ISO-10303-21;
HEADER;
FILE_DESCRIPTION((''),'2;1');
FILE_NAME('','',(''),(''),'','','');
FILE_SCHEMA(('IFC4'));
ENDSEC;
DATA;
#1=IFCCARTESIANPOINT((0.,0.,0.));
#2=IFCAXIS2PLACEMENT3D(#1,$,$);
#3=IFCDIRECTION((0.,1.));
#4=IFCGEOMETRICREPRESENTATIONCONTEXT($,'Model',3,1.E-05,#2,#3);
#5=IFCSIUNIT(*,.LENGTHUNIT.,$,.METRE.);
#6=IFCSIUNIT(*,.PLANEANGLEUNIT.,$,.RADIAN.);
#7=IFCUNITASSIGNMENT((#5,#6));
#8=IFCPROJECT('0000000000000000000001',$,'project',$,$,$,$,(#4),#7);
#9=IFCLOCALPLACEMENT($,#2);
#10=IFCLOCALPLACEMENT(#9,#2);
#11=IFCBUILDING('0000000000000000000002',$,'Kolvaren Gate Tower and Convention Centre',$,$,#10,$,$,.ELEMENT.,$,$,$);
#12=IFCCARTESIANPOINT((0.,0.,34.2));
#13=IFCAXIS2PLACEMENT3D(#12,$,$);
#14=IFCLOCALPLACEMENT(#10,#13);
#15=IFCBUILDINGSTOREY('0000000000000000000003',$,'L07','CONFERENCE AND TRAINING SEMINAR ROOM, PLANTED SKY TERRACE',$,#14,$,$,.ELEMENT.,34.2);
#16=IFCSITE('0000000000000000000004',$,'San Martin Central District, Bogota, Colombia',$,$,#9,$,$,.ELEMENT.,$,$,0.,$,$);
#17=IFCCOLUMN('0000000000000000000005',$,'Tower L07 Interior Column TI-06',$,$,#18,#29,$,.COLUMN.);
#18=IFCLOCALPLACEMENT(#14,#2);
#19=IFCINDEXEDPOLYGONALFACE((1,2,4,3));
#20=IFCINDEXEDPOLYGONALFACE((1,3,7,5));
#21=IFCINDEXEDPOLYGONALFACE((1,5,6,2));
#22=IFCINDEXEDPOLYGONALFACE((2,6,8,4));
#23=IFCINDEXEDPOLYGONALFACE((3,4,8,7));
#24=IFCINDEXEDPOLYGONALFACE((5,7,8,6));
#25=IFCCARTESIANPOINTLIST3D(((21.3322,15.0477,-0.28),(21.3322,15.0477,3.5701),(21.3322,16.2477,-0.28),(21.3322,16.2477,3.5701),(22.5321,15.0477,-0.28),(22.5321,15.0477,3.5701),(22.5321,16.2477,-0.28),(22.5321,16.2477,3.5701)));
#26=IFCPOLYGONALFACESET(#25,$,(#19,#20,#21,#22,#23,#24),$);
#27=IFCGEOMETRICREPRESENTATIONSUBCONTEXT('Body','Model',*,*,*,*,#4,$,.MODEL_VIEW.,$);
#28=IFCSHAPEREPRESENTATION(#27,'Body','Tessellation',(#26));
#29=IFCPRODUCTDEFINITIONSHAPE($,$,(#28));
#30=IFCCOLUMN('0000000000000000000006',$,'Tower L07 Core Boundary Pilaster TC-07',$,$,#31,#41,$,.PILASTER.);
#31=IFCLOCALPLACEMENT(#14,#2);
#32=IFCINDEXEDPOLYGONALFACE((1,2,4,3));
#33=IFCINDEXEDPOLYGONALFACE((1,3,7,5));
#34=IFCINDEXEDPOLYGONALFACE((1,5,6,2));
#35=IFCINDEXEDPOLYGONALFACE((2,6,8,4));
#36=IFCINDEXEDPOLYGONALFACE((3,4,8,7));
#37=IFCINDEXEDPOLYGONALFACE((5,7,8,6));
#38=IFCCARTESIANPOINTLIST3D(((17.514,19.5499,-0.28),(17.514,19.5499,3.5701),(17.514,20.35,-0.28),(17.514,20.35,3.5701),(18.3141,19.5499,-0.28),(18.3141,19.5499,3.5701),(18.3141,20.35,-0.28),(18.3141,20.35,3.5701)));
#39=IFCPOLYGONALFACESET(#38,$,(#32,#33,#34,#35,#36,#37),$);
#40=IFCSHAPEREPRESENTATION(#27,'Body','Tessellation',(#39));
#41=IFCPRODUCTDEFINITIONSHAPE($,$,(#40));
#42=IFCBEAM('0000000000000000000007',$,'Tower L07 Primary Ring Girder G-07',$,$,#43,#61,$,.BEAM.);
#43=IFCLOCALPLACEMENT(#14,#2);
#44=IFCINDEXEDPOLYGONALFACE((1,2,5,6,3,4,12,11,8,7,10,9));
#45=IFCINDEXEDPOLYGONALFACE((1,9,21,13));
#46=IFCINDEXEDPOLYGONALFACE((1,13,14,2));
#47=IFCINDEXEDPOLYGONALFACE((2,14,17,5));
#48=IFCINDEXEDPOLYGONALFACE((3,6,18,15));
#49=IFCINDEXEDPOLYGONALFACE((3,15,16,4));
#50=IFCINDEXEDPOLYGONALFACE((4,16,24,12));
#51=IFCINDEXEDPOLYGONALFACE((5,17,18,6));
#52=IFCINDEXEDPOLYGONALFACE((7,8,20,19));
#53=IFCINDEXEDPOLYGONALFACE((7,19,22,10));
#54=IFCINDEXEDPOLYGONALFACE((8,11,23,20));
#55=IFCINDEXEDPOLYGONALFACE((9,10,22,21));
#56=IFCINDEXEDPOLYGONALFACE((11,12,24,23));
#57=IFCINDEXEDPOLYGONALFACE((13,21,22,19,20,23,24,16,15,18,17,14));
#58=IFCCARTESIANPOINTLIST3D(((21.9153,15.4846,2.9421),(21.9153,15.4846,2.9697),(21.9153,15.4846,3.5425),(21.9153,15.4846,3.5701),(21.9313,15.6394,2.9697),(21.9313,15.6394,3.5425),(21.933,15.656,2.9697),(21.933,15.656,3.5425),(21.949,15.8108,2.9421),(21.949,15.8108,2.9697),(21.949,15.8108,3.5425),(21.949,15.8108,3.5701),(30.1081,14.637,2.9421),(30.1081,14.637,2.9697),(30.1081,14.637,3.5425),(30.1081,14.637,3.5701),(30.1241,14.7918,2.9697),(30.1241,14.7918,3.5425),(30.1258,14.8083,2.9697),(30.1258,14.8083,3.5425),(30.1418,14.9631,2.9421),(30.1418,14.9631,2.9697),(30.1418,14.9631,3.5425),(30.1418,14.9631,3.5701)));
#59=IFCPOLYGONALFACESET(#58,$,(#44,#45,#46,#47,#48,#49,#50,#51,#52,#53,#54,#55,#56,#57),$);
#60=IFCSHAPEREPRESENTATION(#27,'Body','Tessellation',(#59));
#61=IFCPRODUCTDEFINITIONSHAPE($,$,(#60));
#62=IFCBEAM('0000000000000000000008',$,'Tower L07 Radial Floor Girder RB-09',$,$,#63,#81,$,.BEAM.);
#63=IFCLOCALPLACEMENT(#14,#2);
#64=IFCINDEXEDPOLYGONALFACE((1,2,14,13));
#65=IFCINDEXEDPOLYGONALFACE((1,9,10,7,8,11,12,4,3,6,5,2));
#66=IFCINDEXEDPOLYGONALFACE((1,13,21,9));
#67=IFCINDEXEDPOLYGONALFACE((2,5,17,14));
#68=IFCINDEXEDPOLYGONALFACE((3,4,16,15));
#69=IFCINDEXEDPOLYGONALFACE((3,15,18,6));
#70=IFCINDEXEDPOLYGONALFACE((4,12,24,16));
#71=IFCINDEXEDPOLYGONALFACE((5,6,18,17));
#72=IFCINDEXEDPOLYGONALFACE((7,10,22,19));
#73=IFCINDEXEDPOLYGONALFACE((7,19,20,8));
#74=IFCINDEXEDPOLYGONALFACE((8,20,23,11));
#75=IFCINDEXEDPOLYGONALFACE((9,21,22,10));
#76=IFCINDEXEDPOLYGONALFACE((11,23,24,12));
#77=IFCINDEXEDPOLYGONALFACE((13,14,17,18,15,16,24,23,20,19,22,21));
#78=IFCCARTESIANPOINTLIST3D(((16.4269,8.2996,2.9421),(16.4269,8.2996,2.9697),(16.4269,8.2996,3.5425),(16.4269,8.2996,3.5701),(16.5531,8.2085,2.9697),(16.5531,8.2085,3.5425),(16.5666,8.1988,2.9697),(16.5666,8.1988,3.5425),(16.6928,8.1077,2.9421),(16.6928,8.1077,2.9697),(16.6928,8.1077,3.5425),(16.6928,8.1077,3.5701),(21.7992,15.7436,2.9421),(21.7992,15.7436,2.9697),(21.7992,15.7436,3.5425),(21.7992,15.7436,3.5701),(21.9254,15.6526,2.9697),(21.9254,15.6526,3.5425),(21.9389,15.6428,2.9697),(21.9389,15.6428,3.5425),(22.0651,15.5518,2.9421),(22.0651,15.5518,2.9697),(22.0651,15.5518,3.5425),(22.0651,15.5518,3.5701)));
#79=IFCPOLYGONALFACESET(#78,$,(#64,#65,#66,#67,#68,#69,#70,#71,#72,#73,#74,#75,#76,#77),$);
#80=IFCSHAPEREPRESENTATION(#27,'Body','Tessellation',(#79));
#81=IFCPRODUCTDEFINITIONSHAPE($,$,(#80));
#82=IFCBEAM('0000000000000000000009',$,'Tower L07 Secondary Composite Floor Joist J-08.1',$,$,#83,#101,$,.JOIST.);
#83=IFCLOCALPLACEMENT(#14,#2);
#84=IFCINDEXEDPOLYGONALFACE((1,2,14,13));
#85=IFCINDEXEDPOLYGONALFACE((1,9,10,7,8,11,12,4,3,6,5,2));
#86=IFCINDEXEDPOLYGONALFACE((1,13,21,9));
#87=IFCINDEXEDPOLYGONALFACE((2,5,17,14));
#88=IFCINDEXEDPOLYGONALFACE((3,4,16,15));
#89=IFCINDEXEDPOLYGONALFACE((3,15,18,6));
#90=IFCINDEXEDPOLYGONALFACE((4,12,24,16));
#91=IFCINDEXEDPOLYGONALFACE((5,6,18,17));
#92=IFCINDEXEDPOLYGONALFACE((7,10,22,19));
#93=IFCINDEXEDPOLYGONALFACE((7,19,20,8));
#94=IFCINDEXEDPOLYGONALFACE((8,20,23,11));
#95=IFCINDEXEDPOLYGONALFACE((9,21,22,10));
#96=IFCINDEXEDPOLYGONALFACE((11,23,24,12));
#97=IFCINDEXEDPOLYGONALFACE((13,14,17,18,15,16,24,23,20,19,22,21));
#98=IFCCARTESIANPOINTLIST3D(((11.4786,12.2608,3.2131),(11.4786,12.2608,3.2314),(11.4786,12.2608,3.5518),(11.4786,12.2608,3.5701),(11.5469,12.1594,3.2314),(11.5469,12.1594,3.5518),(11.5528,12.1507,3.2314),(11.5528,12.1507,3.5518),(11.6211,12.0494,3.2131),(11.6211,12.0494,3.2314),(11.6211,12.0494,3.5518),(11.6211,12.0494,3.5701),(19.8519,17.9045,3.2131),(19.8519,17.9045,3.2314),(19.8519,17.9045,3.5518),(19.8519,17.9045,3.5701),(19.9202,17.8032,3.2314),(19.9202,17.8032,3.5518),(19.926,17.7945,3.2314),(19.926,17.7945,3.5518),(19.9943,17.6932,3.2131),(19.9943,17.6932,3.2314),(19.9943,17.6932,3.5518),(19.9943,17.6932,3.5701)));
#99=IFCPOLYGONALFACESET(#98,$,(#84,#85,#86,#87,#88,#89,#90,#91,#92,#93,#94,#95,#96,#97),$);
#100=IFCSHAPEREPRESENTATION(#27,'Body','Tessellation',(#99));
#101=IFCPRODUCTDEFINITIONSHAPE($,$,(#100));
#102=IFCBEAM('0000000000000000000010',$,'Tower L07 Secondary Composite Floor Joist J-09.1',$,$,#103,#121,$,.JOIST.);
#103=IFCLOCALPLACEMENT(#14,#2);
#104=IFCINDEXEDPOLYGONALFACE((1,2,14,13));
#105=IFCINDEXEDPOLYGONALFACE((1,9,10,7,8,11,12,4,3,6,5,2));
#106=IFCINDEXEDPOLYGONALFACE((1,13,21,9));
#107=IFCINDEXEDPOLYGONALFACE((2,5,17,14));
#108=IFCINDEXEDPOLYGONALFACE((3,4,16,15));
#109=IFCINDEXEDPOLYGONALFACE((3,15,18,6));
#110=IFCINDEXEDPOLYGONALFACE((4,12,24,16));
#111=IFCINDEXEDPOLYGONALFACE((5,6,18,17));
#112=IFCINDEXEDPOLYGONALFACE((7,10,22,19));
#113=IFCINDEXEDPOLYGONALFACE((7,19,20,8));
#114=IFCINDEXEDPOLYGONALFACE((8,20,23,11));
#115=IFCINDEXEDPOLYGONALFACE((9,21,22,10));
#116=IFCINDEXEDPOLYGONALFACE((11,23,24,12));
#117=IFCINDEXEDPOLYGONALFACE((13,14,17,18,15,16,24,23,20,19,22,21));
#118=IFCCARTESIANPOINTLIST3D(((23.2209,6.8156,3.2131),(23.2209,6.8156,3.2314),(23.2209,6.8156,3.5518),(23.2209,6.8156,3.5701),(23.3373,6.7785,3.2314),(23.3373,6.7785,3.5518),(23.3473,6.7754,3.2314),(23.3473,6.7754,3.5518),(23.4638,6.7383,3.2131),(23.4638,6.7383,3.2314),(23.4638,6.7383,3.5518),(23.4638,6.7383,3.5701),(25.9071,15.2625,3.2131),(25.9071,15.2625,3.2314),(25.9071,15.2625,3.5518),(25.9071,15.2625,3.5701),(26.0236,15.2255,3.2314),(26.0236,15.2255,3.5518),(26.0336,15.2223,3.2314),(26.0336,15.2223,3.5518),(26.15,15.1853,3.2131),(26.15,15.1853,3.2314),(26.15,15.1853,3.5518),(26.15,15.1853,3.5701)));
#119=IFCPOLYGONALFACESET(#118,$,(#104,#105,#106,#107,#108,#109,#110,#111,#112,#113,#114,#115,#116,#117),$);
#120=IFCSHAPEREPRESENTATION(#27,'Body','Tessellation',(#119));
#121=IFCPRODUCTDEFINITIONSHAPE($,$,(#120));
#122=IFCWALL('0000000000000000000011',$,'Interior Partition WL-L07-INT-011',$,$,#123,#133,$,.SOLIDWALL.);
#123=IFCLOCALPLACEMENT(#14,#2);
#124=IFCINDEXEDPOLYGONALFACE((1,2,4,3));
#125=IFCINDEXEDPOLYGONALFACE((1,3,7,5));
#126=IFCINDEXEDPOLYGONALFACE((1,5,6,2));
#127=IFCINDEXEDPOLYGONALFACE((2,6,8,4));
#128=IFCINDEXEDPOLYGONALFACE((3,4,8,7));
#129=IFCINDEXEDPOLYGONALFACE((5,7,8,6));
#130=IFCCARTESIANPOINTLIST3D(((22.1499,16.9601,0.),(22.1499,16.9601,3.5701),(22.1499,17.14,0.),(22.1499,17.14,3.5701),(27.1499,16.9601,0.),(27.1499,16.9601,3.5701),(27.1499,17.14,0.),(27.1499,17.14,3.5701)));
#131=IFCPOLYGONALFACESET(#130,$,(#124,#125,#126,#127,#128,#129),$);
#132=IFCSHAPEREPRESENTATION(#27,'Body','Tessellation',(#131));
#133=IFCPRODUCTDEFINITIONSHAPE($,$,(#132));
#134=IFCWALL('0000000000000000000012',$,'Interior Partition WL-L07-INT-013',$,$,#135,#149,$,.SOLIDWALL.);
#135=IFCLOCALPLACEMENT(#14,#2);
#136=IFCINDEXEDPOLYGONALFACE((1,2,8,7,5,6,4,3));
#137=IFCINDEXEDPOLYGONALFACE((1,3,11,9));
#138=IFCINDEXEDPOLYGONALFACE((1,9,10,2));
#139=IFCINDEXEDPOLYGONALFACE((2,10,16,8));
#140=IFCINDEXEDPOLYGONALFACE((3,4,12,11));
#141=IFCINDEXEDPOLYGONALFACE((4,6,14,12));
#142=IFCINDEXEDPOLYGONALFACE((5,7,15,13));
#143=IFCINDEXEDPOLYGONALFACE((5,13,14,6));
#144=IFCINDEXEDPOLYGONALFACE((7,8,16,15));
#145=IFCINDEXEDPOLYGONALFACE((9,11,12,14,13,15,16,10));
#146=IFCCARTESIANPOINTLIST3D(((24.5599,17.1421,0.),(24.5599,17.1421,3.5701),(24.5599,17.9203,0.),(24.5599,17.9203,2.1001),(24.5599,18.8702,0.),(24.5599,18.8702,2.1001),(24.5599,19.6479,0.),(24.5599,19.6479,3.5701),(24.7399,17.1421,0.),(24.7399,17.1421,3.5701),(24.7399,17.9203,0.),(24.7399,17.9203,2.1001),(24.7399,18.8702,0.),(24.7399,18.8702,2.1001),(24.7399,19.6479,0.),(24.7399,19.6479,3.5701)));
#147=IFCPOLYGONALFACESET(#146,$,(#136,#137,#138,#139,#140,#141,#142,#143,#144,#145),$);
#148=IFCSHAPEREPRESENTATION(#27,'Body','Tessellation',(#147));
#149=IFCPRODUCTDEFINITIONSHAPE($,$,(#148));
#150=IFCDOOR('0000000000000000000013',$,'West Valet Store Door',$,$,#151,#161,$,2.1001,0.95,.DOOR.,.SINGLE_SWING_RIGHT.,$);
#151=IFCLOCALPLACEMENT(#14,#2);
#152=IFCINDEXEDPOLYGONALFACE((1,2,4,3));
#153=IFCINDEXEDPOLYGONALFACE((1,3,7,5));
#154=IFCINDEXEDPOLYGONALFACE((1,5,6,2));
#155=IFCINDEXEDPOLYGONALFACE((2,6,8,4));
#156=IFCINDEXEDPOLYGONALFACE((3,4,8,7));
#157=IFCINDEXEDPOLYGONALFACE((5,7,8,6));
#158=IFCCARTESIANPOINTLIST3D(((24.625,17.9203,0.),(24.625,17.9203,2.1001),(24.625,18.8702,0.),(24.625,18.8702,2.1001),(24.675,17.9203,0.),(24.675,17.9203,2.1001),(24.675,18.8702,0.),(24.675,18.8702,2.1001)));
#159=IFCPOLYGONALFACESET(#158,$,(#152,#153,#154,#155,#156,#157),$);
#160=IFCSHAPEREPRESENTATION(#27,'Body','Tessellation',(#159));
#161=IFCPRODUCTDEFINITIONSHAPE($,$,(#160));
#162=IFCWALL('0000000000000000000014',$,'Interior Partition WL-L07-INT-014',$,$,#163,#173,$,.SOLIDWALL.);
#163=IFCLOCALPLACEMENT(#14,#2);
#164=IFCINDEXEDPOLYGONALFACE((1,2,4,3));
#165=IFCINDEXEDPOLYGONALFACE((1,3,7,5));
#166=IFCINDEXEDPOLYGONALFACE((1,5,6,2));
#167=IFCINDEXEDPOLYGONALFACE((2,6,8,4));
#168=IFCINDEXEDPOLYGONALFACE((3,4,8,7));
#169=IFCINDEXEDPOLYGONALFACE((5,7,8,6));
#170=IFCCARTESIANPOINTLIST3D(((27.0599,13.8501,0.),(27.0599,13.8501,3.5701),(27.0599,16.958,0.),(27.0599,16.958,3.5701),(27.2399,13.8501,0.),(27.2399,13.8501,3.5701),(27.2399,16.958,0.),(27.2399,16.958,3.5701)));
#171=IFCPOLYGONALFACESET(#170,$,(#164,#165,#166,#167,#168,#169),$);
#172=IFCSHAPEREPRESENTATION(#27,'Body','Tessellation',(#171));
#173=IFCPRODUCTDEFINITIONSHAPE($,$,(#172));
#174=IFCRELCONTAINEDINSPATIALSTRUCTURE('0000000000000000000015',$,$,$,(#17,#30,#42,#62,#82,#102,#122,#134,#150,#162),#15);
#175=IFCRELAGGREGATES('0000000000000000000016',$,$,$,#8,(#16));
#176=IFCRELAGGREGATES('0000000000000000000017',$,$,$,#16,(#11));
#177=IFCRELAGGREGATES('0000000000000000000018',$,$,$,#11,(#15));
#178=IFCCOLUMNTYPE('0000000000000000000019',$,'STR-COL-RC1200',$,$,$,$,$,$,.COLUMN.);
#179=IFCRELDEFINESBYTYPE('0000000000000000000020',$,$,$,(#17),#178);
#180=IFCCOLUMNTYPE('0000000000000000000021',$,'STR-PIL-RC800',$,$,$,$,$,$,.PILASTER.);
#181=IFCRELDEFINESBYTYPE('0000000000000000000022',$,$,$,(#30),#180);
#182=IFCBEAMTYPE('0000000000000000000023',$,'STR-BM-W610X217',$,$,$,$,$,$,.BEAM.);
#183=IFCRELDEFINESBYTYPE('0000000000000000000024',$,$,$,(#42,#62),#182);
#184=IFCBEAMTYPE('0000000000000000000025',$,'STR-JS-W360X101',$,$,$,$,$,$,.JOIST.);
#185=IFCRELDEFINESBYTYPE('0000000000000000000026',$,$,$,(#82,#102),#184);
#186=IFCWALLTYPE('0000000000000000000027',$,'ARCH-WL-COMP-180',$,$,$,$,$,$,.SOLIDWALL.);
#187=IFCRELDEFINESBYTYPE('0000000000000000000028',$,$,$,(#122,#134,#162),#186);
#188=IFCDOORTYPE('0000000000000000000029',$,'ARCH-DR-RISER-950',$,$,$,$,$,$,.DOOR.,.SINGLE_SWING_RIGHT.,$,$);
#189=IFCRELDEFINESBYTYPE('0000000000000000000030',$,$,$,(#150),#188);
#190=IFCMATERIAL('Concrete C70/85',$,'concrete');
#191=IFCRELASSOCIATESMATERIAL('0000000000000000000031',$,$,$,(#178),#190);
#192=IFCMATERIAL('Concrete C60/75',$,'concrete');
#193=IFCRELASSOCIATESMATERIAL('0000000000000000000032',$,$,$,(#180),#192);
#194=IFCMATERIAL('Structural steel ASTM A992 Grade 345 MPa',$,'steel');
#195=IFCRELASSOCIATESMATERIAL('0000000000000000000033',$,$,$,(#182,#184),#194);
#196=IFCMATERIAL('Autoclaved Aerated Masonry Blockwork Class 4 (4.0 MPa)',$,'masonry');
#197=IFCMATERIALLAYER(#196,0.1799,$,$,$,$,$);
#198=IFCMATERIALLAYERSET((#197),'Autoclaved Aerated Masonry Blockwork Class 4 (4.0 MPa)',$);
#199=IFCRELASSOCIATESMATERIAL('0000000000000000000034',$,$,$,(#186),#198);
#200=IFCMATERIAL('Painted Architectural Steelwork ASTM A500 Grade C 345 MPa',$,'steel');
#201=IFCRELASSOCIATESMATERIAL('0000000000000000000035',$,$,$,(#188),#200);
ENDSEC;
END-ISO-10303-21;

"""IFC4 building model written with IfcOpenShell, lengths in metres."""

from ifc_helpers import new_model, si_unit, direction, frame, frame_2d, origin, origin_2d, place, context, subcontext, project, spatial, rectangle, i_section, extrude, material, layer, layer_set, material_profile, profile_set, type_object, element, fill, save


model = new_model("IFC4")

# Units and contexts
model_context = context("Model", 3, precision=1e-05, world=origin(), true_north=direction((0.0, 1.0)))
body_context = subcontext(model_context, "Body", "Model", "MODEL_VIEW")
ifc_project = project(units=[si_unit("LENGTHUNIT", "METRE"), si_unit("PLANEANGLEUNIT", "RADIAN")], contexts=[model_context])

# Site, building, storey
site_placement = place(None, origin())
site = spatial("IfcSite", under=ifc_project, at=site_placement, Name="San Martin Central District, Bogota, Colombia", CompositionType="ELEMENT", RefElevation=0.0)
building_placement = place(site_placement, origin())
building = spatial("IfcBuilding", under=site, at=building_placement, Name="Kolvaren Gate Tower and Convention Centre", CompositionType="ELEMENT")
storey_placement = place(building_placement, frame((0.0, 0.0, 34.2)))
storey = spatial("IfcBuildingStorey", under=building, at=storey_placement, Name="L07", Description="CONFERENCE AND TRAINING SEMINAR ROOM, PLANTED SKY TERRACE", CompositionType="ELEMENT", Elevation=34.2)

# Columns
ifc_material_1 = material(Name="Concrete C70/85", Category="concrete")
ifc_material_profile_1 = material_profile(ifc_material_1, rectangle(XDim=1.2, YDim=1.2, at=origin_2d()), Name="RC-COL-1200X1200")
ifc_profile_set_1 = profile_set([ifc_material_profile_1], Name="Concrete C70/85")
column_type_1 = type_object("IfcColumnType", Name="STR-COL-RC1200", PredefinedType="COLUMN", material=ifc_profile_set_1)
column_1_placement = place(storey_placement, frame((21.9321, 15.6477, -0.28), z_axis=(0.0, 0.0, 1.0), x_axis=(1.0, 0.0, 0.0)))
element("IfcColumn", 1, at=column_1_placement, inside=storey, type_object=column_type_1, Name="Tower L07 Interior Column TI-06", PredefinedType="COLUMN", context=body_context, shape_type="SweptSolid", body=[
    extrude(rectangle(XDim=1.2, YDim=1.2, at=origin_2d()), origin(), (0.0, 0.0, 1.0), 3.8501),
])
ifc_material_2 = material(Name="Concrete C60/75", Category="concrete")
ifc_material_profile_2 = material_profile(ifc_material_2, rectangle(XDim=0.8, YDim=0.8, at=origin_2d()), Name="RC-COL-800X800")
ifc_profile_set_2 = profile_set([ifc_material_profile_2], Name="Concrete C60/75")
column_type_2 = type_object("IfcColumnType", Name="STR-PIL-RC800", PredefinedType="PILASTER", material=ifc_profile_set_2)
column_2_placement = place(storey_placement, frame((17.9141, 19.95, -0.28), z_axis=(0.0, 0.0, 1.0), x_axis=(1.0, 0.0, 0.0)))
element("IfcColumn", 2, at=column_2_placement, inside=storey, type_object=column_type_2, Name="Tower L07 Core Boundary Pilaster TC-07", PredefinedType="PILASTER", context=body_context, shape_type="SweptSolid", body=[
    extrude(rectangle(XDim=0.8, YDim=0.8, at=origin_2d()), origin(), (0.0, 0.0, 1.0), 3.8501),
])

# Beams
ifc_material_3 = material(Name="Structural steel ASTM A992 Grade 345 MPa", Category="steel")
ifc_material_profile_3 = material_profile(ifc_material_3, i_section(OverallWidth=0.3279, OverallDepth=0.6279, WebThickness=0.0166, FlangeThickness=0.0276, at=origin_2d()), Name="W610X217")
ifc_profile_set_3 = profile_set([ifc_material_profile_3], Name="Structural steel ASTM A992 Grade 345 MPa")
beam_type_1 = type_object("IfcBeamType", Name="STR-BM-W610X217", PredefinedType="BEAM", material=ifc_profile_set_3)
beam_1_placement = place(storey_placement, frame((21.9321, 15.6477, 3.2561), z_axis=(0.99469, -0.102913, 0.0), x_axis=(0.102913, 0.99469, 0.0)))
element("IfcBeam", 3, at=beam_1_placement, inside=storey, type_object=beam_type_1, Name="Tower L07 Primary Ring Girder G-07", PredefinedType="BEAM", context=body_context, shape_type="SweptSolid", body=[
    extrude(i_section(OverallWidth=0.3279, OverallDepth=0.6279, WebThickness=0.0166, FlangeThickness=0.0276, at=origin_2d()), origin(), (0.0, 0.0, 1.0), 8.2366),
])
beam_2_placement = place(storey_placement, frame((21.9321, 15.6477, 3.2561), z_axis=(-0.585206, -0.810885, 0.0), x_axis=(0.810885, -0.585206, 0.0)))
element("IfcBeam", 4, at=beam_2_placement, inside=storey, type_object=beam_type_1, Name="Tower L07 Radial Floor Girder RB-09", PredefinedType="BEAM", context=body_context, shape_type="SweptSolid", body=[
    extrude(i_section(OverallWidth=0.3279, OverallDepth=0.6279, WebThickness=0.0166, FlangeThickness=0.0276, at=origin_2d()), origin(), (0.0, 0.0, 1.0), 9.1802),
])
ifc_material_profile_4 = material_profile(ifc_material_3, i_section(OverallWidth=0.2549, OverallDepth=0.3569, WebThickness=0.0105, FlangeThickness=0.0183, at=origin_2d()), Name="W360X101")
ifc_profile_set_4 = profile_set([ifc_material_profile_4], Name="Structural steel ASTM A992 Grade 345 MPa")
beam_type_2 = type_object("IfcBeamType", Name="STR-JS-W360X101", PredefinedType="JOIST", material=ifc_profile_set_4)
beam_3_placement = place(storey_placement, frame((19.9231, 17.7988, 3.3916), z_axis=(-0.829224, -0.558917, 0.0), x_axis=(0.558917, -0.829224, 0.0)))
element("IfcBeam", 5, at=beam_3_placement, inside=storey, type_object=beam_type_2, Name="Tower L07 Secondary Composite Floor Joist J-08.1", PredefinedType="JOIST", context=body_context, shape_type="SweptSolid", body=[
    extrude(i_section(OverallWidth=0.2549, OverallDepth=0.3569, WebThickness=0.0105, FlangeThickness=0.0183, at=origin_2d()), origin(), (0.0, 0.0, 1.0), 10.0977),
])
beam_4_placement = place(storey_placement, frame((26.0286, 15.2239, 3.3916), z_axis=(-0.303059, -0.952972, 0.0), x_axis=(0.952972, -0.303059, 0.0)))
element("IfcBeam", 6, at=beam_4_placement, inside=storey, type_object=beam_type_2, Name="Tower L07 Secondary Composite Floor Joist J-09.1", PredefinedType="JOIST", context=body_context, shape_type="SweptSolid", body=[
    extrude(i_section(OverallWidth=0.2549, OverallDepth=0.3569, WebThickness=0.0105, FlangeThickness=0.0183, at=origin_2d()), origin(), (0.0, 0.0, 1.0), 8.8638),
])

# Wall
ifc_material_4 = material(Name="Autoclaved Aerated Masonry Blockwork Class 4 (4.0 MPa)", Category="masonry")
ifc_layer_1 = layer(ifc_material_4, 0.1799)
ifc_layer_set_1 = layer_set([ifc_layer_1], Name="Autoclaved Aerated Masonry Blockwork Class 4 (4.0 MPa)")
wall_type_1 = type_object("IfcWallType", Name="ARCH-WL-COMP-180", PredefinedType="SOLIDWALL", material=ifc_layer_set_1)
wall_1_placement = place(storey_placement, frame((22.1499, 17.05, 0.0), z_axis=(0.0, 0.0, 1.0), x_axis=(1.0, 0.0, 0.0)))
element("IfcWall", 7, at=wall_1_placement, inside=storey, type_object=wall_type_1, Name="Interior Partition WL-L07-INT-011", PredefinedType="SOLIDWALL", context=body_context, shape_type="SweptSolid", body=[
    extrude(rectangle(XDim=5.0, YDim=0.1799, at=frame_2d((2.5, 0.0))), origin(), (0.0, 0.0, 1.0), 3.5701),
])

# Wall, opening, door
wall_2_placement = place(storey_placement, frame((24.6499, 17.1421, 0.0), z_axis=(0.0, 0.0, 1.0), x_axis=(0.0, 1.0, 0.0)))
wall_2 = element("IfcWall", 8, at=wall_2_placement, inside=storey, type_object=wall_type_1, Name="Interior Partition WL-L07-INT-013", PredefinedType="SOLIDWALL", context=body_context, shape_type="SweptSolid", body=[
    extrude(rectangle(XDim=2.5059, YDim=0.1799, at=frame_2d((1.2529, 0.0))), origin(), (0.0, 0.0, 1.0), 3.5701),
])
opening_1_placement = place(wall_2_placement, frame((0.7781, 0.0, 0.0)))
opening_1 = element("IfcOpeningElement", 9, at=opening_1_placement, cuts=wall_2, PredefinedType="OPENING", context=body_context, shape_type="SweptSolid", body=[
    extrude(rectangle(XDim=0.95, YDim=2.1001, at=frame_2d((0.4751, 1.05))), frame((0.0, 0.0999, 0.0), z_axis=(0.0, -1.0, 0.0), x_axis=(1.0, 0.0, 0.0)), (0.0, 0.0, 1.0), 0.2),
])
ifc_material_5 = material(Name="Painted Architectural Steelwork ASTM A500 Grade C 345 MPa", Category="steel")
door_type_1 = type_object("IfcDoorType", Name="ARCH-DR-RISER-950", OperationType="SINGLE_SWING_RIGHT", PredefinedType="DOOR", material=ifc_material_5)
door_1_placement = place(opening_1_placement, origin())
door_1 = element("IfcDoor", 10, at=door_1_placement, inside=storey, type_object=door_type_1, Name="West Valet Store Door", OperationType="SINGLE_SWING_RIGHT", OverallHeight=2.1001, OverallWidth=0.95, PredefinedType="DOOR", context=body_context, shape_type="SweptSolid", body=[
    extrude(rectangle(XDim=0.95, YDim=2.1001, at=frame_2d((0.4751, 1.05))), frame((0.0, 0.0249, 0.0), z_axis=(0.0, -1.0, 0.0), x_axis=(1.0, 0.0, 0.0)), (0.0, 0.0, 1.0), 0.05),
])
fill(opening_1, door_1)

# Wall
wall_3_placement = place(storey_placement, frame((27.1499, 13.8501, 0.0), z_axis=(0.0, 0.0, 1.0), x_axis=(0.0, 1.0, 0.0)))
element("IfcWall", 11, at=wall_3_placement, inside=storey, type_object=wall_type_1, Name="Interior Partition WL-L07-INT-014", PredefinedType="SOLIDWALL", context=body_context, shape_type="SweptSolid", body=[
    extrude(rectangle(XDim=3.1079, YDim=0.1799, at=frame_2d((1.554, 0.0))), origin(), (0.0, 0.0, 1.0), 3.5701),
])

save(model, "model.ifc")
